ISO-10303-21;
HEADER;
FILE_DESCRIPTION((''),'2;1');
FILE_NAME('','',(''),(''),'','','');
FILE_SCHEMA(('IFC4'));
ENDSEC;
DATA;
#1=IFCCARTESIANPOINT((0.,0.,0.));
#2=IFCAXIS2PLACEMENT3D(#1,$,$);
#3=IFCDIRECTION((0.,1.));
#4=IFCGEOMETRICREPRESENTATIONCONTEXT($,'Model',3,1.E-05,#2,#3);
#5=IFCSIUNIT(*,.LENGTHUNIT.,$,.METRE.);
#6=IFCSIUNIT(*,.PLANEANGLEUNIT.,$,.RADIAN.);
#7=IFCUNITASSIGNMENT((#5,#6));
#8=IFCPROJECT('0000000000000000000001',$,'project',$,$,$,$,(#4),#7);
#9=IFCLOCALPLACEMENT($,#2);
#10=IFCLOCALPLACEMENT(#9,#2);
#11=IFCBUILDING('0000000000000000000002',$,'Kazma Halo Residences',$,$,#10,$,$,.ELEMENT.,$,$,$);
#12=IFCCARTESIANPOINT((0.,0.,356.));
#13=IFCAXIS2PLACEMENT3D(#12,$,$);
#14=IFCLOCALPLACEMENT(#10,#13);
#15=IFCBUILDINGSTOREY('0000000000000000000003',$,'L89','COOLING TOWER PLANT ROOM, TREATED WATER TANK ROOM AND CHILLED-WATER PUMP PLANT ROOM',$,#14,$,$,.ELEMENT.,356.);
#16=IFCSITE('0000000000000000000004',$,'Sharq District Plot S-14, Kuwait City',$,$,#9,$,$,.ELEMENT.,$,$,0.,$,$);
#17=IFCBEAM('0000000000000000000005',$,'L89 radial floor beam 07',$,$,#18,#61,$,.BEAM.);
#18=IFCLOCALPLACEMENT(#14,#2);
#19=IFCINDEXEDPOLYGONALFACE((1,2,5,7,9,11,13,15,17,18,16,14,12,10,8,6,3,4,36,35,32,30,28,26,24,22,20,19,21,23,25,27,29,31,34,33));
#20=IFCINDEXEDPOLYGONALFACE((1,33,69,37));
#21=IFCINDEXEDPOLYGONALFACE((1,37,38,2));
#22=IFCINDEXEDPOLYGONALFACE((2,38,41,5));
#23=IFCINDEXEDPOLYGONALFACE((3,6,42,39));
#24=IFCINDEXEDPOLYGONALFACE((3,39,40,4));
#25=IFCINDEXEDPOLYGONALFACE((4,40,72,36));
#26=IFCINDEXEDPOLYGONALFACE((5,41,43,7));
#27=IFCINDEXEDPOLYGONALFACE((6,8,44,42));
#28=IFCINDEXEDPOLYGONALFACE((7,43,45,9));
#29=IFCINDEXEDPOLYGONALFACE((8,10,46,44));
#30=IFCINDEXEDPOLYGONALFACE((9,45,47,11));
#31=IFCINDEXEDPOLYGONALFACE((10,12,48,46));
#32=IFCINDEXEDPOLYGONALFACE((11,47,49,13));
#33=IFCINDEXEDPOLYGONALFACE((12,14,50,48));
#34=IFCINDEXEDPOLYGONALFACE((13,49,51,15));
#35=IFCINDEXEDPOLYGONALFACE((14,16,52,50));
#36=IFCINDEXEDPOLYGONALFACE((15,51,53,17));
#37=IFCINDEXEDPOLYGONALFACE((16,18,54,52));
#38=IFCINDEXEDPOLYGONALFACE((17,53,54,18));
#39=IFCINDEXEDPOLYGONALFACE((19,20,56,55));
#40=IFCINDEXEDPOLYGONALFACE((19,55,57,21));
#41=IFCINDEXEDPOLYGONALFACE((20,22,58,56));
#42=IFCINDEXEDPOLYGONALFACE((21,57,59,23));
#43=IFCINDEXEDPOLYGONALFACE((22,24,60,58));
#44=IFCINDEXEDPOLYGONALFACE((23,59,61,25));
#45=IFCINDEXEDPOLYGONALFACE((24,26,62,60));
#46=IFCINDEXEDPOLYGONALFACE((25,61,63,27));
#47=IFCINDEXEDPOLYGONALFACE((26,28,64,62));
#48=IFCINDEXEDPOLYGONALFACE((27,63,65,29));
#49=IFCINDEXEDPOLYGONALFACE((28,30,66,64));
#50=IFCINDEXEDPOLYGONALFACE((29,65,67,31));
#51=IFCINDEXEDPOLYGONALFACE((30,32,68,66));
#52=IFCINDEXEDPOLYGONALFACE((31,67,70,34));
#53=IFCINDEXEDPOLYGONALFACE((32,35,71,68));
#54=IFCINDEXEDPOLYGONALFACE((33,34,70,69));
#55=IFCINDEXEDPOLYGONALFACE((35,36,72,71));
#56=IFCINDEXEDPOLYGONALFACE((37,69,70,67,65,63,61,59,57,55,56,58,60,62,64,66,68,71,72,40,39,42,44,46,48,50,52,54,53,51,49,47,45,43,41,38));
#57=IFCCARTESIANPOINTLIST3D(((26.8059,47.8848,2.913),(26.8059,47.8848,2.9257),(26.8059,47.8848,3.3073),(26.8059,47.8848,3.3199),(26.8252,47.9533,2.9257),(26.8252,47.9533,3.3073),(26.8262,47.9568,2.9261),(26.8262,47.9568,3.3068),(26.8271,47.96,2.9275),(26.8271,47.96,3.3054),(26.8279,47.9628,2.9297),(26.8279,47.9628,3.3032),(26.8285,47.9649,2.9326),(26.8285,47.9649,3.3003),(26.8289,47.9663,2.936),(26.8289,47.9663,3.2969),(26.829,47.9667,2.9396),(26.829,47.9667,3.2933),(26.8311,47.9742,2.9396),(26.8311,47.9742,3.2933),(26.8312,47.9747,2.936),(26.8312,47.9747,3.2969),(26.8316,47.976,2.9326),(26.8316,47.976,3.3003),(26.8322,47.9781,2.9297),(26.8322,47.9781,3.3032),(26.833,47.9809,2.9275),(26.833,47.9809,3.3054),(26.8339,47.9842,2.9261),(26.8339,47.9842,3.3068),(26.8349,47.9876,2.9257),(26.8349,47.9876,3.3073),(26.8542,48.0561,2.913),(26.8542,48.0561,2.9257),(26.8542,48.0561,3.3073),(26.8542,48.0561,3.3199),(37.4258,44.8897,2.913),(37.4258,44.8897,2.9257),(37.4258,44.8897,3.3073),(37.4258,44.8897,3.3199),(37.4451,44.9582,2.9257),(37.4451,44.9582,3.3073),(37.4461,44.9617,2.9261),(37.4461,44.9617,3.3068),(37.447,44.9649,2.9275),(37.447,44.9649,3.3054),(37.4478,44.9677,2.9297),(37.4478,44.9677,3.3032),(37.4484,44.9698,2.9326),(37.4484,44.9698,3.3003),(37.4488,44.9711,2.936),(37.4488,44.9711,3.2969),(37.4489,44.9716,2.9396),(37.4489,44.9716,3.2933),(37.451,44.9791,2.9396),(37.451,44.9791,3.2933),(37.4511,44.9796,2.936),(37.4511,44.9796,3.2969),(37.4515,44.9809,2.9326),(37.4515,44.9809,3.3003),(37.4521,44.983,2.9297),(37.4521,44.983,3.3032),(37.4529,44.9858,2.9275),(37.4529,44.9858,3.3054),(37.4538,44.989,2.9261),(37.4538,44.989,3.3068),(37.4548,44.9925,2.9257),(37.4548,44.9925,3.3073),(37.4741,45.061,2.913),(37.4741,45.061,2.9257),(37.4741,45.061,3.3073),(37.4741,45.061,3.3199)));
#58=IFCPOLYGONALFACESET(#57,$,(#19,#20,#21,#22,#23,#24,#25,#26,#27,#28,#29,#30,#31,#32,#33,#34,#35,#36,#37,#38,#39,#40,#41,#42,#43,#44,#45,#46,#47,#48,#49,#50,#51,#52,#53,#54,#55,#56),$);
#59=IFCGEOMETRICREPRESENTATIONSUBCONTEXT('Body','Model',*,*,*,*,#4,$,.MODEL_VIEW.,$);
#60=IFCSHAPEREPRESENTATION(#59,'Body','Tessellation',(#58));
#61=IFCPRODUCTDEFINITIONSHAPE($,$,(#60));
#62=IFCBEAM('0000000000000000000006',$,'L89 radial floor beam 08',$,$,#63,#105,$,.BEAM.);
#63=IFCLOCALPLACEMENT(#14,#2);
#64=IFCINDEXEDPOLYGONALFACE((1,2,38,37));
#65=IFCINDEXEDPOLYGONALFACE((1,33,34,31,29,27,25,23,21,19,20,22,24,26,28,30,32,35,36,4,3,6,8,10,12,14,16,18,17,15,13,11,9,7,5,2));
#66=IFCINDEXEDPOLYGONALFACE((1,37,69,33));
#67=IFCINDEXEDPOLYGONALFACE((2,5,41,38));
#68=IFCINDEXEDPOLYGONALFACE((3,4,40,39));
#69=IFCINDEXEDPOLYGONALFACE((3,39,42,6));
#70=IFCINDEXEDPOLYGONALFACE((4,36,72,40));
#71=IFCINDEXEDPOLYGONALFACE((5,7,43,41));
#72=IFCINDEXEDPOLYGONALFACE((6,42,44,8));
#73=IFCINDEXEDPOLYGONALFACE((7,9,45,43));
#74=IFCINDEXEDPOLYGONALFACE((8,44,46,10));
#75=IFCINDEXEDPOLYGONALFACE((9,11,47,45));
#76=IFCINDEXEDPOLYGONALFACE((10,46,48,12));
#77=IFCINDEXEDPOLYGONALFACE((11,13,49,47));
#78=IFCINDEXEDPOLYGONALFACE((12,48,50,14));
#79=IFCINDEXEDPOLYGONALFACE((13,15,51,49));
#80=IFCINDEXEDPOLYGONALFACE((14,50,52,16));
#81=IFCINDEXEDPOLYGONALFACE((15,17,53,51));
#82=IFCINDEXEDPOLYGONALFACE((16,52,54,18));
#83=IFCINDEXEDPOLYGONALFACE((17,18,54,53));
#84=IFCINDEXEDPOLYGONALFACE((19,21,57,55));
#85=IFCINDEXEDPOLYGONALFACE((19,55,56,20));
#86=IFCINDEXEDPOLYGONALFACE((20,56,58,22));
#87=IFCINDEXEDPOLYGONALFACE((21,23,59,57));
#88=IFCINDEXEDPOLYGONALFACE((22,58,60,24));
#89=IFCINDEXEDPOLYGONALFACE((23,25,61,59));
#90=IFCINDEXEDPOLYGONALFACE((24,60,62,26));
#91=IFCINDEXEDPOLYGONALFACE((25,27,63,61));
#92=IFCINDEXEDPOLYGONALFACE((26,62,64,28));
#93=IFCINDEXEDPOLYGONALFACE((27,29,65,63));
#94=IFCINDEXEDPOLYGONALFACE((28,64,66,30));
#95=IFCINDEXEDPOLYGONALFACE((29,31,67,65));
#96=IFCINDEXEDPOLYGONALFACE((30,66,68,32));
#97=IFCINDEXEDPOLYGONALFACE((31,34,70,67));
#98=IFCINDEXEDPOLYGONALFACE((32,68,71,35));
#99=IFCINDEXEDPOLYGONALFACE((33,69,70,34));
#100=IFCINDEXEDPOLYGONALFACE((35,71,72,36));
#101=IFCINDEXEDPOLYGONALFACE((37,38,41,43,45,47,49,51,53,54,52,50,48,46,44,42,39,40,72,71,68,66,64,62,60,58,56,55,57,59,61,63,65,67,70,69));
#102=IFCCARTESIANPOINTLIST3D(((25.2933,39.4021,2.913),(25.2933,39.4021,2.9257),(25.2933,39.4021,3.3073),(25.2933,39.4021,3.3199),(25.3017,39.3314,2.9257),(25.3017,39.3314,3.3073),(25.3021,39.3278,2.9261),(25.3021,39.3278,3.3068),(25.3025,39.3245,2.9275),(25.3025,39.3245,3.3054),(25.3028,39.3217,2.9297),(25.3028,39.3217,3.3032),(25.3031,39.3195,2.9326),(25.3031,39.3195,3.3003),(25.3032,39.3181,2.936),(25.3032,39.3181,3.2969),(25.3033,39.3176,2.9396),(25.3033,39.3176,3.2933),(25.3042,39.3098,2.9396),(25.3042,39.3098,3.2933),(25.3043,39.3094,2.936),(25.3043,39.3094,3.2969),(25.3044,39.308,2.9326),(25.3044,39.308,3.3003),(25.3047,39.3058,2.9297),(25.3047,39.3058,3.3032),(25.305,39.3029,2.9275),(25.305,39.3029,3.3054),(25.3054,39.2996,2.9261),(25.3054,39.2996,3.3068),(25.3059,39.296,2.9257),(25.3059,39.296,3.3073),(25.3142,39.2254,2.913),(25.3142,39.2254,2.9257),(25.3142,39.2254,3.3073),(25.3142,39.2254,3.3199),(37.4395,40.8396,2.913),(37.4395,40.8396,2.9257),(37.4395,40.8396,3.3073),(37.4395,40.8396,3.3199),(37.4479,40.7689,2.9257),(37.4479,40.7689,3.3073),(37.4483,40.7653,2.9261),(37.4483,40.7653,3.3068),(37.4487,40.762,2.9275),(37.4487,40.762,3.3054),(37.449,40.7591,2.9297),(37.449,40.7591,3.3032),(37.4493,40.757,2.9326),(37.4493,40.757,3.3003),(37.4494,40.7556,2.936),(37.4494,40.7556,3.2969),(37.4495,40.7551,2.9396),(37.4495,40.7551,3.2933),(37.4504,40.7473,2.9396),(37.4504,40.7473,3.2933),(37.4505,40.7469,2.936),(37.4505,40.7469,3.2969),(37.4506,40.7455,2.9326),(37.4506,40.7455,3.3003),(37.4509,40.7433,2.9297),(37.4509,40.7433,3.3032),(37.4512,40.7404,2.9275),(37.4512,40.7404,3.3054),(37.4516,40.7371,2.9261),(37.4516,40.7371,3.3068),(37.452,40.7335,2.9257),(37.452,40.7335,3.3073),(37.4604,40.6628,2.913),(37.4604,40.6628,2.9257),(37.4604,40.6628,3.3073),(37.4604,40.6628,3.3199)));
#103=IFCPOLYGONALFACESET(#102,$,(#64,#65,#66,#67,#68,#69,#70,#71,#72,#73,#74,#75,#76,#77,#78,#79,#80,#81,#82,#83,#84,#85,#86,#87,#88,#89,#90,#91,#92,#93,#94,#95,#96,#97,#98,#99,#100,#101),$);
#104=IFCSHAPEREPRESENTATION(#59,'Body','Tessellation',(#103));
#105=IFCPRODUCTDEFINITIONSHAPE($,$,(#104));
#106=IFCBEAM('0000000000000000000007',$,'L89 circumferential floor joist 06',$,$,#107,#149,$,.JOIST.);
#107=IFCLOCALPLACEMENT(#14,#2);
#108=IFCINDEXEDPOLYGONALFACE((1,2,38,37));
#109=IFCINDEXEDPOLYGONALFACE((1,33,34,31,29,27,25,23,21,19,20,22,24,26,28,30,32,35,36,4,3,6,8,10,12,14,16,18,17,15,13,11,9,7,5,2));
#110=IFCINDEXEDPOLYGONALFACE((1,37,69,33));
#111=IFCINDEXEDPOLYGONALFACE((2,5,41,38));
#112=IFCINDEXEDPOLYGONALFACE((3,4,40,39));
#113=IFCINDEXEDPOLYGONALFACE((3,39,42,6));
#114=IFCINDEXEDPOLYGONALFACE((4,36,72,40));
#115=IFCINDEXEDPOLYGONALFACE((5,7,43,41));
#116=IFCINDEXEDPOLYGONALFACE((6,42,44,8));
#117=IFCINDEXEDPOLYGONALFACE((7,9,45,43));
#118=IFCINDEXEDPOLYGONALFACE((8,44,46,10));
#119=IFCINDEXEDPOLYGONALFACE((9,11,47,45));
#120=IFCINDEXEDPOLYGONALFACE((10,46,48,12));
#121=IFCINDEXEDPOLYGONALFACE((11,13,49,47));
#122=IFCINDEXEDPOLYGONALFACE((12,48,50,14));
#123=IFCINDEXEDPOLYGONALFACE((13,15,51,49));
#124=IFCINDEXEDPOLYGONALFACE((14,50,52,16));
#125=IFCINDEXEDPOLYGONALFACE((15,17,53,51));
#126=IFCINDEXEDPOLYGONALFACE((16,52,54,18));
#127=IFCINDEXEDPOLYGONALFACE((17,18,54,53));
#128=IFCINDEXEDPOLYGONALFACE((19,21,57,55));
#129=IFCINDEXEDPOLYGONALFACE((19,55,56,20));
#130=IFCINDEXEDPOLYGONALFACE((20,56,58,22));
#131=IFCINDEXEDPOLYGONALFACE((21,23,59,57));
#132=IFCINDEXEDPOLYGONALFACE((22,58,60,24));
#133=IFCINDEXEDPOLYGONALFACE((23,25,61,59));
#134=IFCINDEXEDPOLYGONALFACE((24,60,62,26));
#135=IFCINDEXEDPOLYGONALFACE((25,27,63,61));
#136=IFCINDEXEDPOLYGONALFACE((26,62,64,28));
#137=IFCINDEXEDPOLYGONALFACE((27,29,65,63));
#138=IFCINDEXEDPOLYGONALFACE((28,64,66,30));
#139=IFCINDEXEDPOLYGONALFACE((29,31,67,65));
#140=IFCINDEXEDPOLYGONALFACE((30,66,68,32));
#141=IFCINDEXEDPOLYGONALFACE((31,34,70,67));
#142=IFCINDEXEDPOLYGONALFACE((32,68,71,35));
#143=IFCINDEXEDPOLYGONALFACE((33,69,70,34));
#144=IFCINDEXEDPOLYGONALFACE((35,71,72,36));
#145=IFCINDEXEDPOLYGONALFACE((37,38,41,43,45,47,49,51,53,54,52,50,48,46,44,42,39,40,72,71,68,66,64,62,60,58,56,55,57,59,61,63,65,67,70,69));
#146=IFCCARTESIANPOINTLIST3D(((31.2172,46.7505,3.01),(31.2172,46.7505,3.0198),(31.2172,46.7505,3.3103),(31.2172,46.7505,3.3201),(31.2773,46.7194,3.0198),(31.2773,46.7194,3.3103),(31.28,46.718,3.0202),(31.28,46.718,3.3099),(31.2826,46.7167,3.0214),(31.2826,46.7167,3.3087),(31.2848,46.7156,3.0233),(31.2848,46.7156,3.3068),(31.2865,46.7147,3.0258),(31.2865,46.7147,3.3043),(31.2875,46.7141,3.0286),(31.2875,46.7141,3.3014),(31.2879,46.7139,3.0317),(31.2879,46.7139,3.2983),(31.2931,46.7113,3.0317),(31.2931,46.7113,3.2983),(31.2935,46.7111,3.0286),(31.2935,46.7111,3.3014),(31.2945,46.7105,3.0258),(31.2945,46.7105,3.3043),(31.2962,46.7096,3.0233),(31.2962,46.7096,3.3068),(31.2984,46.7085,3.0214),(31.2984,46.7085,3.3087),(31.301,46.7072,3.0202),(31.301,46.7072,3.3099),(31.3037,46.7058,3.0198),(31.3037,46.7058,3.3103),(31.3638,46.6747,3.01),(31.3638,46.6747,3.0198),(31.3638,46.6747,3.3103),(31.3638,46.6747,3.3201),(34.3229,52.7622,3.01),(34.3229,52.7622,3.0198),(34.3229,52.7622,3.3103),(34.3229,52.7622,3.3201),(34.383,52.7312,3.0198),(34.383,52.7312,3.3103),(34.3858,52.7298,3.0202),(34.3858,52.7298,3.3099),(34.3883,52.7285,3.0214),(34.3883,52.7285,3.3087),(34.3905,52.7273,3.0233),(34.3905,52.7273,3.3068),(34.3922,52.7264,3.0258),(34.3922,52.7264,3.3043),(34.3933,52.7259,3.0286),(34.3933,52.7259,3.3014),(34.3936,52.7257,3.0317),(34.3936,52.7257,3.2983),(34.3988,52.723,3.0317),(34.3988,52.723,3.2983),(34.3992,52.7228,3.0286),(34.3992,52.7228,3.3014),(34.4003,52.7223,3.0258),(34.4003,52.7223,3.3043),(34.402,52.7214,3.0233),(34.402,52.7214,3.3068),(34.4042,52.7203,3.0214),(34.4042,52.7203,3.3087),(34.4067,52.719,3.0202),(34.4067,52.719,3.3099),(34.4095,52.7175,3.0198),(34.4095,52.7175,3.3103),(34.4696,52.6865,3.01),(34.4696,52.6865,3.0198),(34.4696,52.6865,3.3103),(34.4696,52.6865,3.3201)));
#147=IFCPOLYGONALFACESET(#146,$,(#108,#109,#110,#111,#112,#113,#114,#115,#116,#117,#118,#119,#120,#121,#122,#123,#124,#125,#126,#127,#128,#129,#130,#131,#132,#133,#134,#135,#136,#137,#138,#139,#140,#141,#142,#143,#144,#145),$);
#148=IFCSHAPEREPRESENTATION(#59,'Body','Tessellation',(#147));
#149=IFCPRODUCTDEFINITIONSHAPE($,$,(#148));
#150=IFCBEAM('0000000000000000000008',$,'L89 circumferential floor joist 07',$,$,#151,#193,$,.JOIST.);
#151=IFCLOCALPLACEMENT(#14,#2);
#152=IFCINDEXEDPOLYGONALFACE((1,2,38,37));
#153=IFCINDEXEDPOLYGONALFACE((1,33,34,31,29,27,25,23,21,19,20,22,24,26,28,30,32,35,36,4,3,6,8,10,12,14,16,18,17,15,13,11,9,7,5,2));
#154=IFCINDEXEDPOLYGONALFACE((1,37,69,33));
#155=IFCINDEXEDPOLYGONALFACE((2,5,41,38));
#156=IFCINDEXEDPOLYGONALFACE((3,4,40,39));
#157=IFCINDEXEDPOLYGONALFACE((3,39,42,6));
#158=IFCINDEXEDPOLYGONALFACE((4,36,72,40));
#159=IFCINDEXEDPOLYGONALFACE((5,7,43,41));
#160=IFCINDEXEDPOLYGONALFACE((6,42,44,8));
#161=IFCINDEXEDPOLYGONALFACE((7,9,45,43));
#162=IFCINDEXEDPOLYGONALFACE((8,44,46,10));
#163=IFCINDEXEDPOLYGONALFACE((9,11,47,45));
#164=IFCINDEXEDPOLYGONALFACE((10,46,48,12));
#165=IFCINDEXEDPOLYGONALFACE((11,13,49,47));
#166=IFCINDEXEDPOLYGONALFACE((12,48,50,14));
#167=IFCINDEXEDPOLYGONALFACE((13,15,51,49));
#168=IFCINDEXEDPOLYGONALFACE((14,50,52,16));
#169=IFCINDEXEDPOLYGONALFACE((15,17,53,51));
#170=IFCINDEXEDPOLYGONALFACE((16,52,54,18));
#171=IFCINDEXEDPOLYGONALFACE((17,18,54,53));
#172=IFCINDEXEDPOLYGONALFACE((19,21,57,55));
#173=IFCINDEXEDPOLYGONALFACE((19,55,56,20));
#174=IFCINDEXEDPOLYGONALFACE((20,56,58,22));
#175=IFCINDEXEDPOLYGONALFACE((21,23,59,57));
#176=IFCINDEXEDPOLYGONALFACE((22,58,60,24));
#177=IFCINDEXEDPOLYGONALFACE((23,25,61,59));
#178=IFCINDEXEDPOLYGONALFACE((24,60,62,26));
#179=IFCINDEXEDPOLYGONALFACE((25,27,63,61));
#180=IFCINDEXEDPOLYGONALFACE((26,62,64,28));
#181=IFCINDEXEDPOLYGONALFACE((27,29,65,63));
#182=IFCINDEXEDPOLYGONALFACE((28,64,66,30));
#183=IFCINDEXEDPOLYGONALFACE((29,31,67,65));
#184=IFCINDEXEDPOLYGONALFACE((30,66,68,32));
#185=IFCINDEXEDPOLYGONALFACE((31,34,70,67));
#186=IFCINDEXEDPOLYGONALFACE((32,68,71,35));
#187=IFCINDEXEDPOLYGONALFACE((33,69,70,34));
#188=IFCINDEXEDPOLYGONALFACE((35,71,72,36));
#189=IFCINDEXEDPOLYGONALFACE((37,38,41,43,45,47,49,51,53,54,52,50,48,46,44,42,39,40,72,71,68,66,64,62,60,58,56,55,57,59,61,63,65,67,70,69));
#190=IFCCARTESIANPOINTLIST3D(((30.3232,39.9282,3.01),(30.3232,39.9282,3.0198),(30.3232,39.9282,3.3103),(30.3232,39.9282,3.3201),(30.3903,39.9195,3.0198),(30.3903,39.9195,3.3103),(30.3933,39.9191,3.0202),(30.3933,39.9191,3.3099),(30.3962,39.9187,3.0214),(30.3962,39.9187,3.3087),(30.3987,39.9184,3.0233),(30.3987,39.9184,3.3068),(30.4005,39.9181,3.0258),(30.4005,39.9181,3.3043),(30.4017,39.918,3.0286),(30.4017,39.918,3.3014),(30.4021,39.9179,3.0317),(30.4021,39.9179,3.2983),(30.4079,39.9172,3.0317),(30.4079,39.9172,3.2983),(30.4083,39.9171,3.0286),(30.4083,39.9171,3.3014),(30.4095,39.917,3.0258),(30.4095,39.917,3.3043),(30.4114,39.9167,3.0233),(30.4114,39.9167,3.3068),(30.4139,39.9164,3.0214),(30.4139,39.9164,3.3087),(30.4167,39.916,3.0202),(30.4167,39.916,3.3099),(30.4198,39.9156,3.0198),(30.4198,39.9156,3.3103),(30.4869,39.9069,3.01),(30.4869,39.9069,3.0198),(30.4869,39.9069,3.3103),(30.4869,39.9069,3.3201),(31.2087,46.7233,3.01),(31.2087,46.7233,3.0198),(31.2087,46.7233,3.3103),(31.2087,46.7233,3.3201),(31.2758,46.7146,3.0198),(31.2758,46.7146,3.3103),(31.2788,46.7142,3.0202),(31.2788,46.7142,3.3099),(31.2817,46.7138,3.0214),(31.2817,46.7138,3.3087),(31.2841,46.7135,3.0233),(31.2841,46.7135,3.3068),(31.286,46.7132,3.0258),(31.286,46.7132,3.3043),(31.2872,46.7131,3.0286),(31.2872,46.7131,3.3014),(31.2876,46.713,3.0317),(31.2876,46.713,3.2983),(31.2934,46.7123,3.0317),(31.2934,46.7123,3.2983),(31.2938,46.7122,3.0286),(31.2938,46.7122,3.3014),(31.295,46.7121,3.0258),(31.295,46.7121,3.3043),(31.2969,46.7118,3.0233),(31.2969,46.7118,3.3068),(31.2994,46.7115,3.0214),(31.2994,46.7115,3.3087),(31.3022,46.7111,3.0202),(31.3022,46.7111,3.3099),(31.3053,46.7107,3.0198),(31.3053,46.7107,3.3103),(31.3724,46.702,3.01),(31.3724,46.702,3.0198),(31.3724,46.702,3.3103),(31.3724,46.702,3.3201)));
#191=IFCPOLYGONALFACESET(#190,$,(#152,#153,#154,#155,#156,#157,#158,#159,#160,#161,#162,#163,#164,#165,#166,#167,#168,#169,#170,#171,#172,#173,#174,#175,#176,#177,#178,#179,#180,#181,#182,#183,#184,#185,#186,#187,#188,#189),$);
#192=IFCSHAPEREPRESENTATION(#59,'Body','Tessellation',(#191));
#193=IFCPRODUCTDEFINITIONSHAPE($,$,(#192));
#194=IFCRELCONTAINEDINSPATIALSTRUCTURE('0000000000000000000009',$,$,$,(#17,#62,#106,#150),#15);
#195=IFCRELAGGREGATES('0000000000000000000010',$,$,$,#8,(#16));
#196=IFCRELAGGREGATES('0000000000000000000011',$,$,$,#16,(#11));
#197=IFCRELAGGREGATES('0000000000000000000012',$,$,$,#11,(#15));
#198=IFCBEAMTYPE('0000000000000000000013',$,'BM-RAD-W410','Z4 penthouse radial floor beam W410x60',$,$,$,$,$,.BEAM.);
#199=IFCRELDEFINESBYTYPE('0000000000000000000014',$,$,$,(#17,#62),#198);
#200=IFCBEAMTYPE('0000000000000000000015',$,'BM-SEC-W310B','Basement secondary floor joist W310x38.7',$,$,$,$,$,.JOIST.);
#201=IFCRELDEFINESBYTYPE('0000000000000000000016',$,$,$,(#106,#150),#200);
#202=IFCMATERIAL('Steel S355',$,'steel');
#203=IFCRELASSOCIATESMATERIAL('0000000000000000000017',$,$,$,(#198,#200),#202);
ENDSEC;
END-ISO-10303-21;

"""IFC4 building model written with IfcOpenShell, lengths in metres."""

from ifc_helpers import new_model, si_unit, direction, frame, origin, origin_2d, place, context, subcontext, project, spatial, i_section, extrude, material, material_profile, profile_set, type_object, element, save


model = new_model("IFC4")

# Units and contexts
model_context = context("Model", 3, precision=1e-05, world=origin(), true_north=direction((0.0, 1.0)))
body_context = subcontext(model_context, "Body", "Model", "MODEL_VIEW")
ifc_project = project(units=[si_unit("LENGTHUNIT", "METRE"), si_unit("PLANEANGLEUNIT", "RADIAN")], contexts=[model_context])

# Site, building, storey
site_placement = place(None, origin())
site = spatial("IfcSite", under=ifc_project, at=site_placement, Name="Sharq District Plot S-14, Kuwait City", CompositionType="ELEMENT", RefElevation=0.0)
building_placement = place(site_placement, origin())
building = spatial("IfcBuilding", under=site, at=building_placement, Name="Kazma Halo Residences", CompositionType="ELEMENT")
storey_placement = place(building_placement, frame((0.0, 0.0, 356.0)))
storey = spatial("IfcBuildingStorey", under=building, at=storey_placement, Name="L89", Description="COOLING TOWER PLANT ROOM, TREATED WATER TANK ROOM AND CHILLED-WATER PUMP PLANT ROOM", CompositionType="ELEMENT", Elevation=356.0)

# Shared definitions
ifc_material_1 = material(Name="Steel S355", Category="steel")

# Beams
ifc_material_profile_1 = material_profile(ifc_material_1, i_section(OverallWidth=0.178, OverallDepth=0.407, WebThickness=0.0078, FlangeThickness=0.0127, FilletRadius=0.0139, at=origin_2d()), Name="W410x60")
ifc_profile_set_1 = profile_set([ifc_material_profile_1], Name="Steel S355")
beam_type_1 = type_object("IfcBeamType", Name="BM-RAD-W410", Description="Z4 penthouse radial floor beam W410x60", PredefinedType="BEAM", material=ifc_profile_set_1)
beam_1_placement = place(storey_placement, frame((37.45, 44.9753, 3.1165), z_axis=(-0.962455, 0.271441, 0.0), x_axis=(-0.271441, -0.962455, 0.0)))
element("IfcBeam", 1, at=beam_1_placement, inside=storey, type_object=beam_type_1, Name="L89 radial floor beam 07", PredefinedType="BEAM", context=body_context, shape_type="SweptSolid", body=[
    extrude(i_section(OverallWidth=0.178, OverallDepth=0.407, WebThickness=0.0078, FlangeThickness=0.0127, FilletRadius=0.0139, at=origin_2d()), origin(), (0.0, 0.0, 1.0), 11.0342),
])
beam_2_placement = place(storey_placement, frame((37.45, 40.7512, 3.1165), z_axis=(-0.993069, -0.117529, 0.0), x_axis=(0.117529, -0.993069, 0.0)))
element("IfcBeam", 2, at=beam_2_placement, inside=storey, type_object=beam_type_1, Name="L89 radial floor beam 08", PredefinedType="BEAM", context=body_context, shape_type="SweptSolid", body=[
    extrude(i_section(OverallWidth=0.178, OverallDepth=0.407, WebThickness=0.0078, FlangeThickness=0.0127, FilletRadius=0.0139, at=origin_2d()), origin(), (0.0, 0.0, 1.0), 12.231),
])
ifc_material_profile_2 = material_profile(ifc_material_1, i_section(OverallWidth=0.165, OverallDepth=0.3101, WebThickness=0.0059, FlangeThickness=0.0098, FilletRadius=0.012, at=origin_2d()), Name="W310x38.7")
ifc_profile_set_2 = profile_set([ifc_material_profile_2], Name="Steel S355")
beam_type_2 = type_object("IfcBeamType", Name="BM-SEC-W310B", Description="Basement secondary floor joist W310x38.7", PredefinedType="JOIST", material=ifc_profile_set_2)
beam_3_placement = place(storey_placement, frame((34.3962, 52.7244, 3.165), z_axis=(-0.45898, -0.888447, 0.0), x_axis=(0.888447, -0.45898, 0.0)))
element("IfcBeam", 3, at=beam_3_placement, inside=storey, type_object=beam_type_2, Name="L89 circumferential floor joist 06", PredefinedType="JOIST", context=body_context, shape_type="SweptSolid", body=[
    extrude(i_section(OverallWidth=0.165, OverallDepth=0.3101, WebThickness=0.0059, FlangeThickness=0.0098, FilletRadius=0.012, at=origin_2d()), origin(), (0.0, 0.0, 1.0), 6.7666),
])
beam_4_placement = place(storey_placement, frame((31.2905, 46.7126, 3.165), z_axis=(-0.12922, -0.991616, 0.0), x_axis=(0.991616, -0.12922, 0.0)))
element("IfcBeam", 4, at=beam_4_placement, inside=storey, type_object=beam_type_2, Name="L89 circumferential floor joist 07", PredefinedType="JOIST", context=body_context, shape_type="SweptSolid", body=[
    extrude(i_section(OverallWidth=0.165, OverallDepth=0.3101, WebThickness=0.0059, FlangeThickness=0.0098, FilletRadius=0.012, at=origin_2d()), origin(), (0.0, 0.0, 1.0), 6.8525),
])

save(model, "model.ifc")
